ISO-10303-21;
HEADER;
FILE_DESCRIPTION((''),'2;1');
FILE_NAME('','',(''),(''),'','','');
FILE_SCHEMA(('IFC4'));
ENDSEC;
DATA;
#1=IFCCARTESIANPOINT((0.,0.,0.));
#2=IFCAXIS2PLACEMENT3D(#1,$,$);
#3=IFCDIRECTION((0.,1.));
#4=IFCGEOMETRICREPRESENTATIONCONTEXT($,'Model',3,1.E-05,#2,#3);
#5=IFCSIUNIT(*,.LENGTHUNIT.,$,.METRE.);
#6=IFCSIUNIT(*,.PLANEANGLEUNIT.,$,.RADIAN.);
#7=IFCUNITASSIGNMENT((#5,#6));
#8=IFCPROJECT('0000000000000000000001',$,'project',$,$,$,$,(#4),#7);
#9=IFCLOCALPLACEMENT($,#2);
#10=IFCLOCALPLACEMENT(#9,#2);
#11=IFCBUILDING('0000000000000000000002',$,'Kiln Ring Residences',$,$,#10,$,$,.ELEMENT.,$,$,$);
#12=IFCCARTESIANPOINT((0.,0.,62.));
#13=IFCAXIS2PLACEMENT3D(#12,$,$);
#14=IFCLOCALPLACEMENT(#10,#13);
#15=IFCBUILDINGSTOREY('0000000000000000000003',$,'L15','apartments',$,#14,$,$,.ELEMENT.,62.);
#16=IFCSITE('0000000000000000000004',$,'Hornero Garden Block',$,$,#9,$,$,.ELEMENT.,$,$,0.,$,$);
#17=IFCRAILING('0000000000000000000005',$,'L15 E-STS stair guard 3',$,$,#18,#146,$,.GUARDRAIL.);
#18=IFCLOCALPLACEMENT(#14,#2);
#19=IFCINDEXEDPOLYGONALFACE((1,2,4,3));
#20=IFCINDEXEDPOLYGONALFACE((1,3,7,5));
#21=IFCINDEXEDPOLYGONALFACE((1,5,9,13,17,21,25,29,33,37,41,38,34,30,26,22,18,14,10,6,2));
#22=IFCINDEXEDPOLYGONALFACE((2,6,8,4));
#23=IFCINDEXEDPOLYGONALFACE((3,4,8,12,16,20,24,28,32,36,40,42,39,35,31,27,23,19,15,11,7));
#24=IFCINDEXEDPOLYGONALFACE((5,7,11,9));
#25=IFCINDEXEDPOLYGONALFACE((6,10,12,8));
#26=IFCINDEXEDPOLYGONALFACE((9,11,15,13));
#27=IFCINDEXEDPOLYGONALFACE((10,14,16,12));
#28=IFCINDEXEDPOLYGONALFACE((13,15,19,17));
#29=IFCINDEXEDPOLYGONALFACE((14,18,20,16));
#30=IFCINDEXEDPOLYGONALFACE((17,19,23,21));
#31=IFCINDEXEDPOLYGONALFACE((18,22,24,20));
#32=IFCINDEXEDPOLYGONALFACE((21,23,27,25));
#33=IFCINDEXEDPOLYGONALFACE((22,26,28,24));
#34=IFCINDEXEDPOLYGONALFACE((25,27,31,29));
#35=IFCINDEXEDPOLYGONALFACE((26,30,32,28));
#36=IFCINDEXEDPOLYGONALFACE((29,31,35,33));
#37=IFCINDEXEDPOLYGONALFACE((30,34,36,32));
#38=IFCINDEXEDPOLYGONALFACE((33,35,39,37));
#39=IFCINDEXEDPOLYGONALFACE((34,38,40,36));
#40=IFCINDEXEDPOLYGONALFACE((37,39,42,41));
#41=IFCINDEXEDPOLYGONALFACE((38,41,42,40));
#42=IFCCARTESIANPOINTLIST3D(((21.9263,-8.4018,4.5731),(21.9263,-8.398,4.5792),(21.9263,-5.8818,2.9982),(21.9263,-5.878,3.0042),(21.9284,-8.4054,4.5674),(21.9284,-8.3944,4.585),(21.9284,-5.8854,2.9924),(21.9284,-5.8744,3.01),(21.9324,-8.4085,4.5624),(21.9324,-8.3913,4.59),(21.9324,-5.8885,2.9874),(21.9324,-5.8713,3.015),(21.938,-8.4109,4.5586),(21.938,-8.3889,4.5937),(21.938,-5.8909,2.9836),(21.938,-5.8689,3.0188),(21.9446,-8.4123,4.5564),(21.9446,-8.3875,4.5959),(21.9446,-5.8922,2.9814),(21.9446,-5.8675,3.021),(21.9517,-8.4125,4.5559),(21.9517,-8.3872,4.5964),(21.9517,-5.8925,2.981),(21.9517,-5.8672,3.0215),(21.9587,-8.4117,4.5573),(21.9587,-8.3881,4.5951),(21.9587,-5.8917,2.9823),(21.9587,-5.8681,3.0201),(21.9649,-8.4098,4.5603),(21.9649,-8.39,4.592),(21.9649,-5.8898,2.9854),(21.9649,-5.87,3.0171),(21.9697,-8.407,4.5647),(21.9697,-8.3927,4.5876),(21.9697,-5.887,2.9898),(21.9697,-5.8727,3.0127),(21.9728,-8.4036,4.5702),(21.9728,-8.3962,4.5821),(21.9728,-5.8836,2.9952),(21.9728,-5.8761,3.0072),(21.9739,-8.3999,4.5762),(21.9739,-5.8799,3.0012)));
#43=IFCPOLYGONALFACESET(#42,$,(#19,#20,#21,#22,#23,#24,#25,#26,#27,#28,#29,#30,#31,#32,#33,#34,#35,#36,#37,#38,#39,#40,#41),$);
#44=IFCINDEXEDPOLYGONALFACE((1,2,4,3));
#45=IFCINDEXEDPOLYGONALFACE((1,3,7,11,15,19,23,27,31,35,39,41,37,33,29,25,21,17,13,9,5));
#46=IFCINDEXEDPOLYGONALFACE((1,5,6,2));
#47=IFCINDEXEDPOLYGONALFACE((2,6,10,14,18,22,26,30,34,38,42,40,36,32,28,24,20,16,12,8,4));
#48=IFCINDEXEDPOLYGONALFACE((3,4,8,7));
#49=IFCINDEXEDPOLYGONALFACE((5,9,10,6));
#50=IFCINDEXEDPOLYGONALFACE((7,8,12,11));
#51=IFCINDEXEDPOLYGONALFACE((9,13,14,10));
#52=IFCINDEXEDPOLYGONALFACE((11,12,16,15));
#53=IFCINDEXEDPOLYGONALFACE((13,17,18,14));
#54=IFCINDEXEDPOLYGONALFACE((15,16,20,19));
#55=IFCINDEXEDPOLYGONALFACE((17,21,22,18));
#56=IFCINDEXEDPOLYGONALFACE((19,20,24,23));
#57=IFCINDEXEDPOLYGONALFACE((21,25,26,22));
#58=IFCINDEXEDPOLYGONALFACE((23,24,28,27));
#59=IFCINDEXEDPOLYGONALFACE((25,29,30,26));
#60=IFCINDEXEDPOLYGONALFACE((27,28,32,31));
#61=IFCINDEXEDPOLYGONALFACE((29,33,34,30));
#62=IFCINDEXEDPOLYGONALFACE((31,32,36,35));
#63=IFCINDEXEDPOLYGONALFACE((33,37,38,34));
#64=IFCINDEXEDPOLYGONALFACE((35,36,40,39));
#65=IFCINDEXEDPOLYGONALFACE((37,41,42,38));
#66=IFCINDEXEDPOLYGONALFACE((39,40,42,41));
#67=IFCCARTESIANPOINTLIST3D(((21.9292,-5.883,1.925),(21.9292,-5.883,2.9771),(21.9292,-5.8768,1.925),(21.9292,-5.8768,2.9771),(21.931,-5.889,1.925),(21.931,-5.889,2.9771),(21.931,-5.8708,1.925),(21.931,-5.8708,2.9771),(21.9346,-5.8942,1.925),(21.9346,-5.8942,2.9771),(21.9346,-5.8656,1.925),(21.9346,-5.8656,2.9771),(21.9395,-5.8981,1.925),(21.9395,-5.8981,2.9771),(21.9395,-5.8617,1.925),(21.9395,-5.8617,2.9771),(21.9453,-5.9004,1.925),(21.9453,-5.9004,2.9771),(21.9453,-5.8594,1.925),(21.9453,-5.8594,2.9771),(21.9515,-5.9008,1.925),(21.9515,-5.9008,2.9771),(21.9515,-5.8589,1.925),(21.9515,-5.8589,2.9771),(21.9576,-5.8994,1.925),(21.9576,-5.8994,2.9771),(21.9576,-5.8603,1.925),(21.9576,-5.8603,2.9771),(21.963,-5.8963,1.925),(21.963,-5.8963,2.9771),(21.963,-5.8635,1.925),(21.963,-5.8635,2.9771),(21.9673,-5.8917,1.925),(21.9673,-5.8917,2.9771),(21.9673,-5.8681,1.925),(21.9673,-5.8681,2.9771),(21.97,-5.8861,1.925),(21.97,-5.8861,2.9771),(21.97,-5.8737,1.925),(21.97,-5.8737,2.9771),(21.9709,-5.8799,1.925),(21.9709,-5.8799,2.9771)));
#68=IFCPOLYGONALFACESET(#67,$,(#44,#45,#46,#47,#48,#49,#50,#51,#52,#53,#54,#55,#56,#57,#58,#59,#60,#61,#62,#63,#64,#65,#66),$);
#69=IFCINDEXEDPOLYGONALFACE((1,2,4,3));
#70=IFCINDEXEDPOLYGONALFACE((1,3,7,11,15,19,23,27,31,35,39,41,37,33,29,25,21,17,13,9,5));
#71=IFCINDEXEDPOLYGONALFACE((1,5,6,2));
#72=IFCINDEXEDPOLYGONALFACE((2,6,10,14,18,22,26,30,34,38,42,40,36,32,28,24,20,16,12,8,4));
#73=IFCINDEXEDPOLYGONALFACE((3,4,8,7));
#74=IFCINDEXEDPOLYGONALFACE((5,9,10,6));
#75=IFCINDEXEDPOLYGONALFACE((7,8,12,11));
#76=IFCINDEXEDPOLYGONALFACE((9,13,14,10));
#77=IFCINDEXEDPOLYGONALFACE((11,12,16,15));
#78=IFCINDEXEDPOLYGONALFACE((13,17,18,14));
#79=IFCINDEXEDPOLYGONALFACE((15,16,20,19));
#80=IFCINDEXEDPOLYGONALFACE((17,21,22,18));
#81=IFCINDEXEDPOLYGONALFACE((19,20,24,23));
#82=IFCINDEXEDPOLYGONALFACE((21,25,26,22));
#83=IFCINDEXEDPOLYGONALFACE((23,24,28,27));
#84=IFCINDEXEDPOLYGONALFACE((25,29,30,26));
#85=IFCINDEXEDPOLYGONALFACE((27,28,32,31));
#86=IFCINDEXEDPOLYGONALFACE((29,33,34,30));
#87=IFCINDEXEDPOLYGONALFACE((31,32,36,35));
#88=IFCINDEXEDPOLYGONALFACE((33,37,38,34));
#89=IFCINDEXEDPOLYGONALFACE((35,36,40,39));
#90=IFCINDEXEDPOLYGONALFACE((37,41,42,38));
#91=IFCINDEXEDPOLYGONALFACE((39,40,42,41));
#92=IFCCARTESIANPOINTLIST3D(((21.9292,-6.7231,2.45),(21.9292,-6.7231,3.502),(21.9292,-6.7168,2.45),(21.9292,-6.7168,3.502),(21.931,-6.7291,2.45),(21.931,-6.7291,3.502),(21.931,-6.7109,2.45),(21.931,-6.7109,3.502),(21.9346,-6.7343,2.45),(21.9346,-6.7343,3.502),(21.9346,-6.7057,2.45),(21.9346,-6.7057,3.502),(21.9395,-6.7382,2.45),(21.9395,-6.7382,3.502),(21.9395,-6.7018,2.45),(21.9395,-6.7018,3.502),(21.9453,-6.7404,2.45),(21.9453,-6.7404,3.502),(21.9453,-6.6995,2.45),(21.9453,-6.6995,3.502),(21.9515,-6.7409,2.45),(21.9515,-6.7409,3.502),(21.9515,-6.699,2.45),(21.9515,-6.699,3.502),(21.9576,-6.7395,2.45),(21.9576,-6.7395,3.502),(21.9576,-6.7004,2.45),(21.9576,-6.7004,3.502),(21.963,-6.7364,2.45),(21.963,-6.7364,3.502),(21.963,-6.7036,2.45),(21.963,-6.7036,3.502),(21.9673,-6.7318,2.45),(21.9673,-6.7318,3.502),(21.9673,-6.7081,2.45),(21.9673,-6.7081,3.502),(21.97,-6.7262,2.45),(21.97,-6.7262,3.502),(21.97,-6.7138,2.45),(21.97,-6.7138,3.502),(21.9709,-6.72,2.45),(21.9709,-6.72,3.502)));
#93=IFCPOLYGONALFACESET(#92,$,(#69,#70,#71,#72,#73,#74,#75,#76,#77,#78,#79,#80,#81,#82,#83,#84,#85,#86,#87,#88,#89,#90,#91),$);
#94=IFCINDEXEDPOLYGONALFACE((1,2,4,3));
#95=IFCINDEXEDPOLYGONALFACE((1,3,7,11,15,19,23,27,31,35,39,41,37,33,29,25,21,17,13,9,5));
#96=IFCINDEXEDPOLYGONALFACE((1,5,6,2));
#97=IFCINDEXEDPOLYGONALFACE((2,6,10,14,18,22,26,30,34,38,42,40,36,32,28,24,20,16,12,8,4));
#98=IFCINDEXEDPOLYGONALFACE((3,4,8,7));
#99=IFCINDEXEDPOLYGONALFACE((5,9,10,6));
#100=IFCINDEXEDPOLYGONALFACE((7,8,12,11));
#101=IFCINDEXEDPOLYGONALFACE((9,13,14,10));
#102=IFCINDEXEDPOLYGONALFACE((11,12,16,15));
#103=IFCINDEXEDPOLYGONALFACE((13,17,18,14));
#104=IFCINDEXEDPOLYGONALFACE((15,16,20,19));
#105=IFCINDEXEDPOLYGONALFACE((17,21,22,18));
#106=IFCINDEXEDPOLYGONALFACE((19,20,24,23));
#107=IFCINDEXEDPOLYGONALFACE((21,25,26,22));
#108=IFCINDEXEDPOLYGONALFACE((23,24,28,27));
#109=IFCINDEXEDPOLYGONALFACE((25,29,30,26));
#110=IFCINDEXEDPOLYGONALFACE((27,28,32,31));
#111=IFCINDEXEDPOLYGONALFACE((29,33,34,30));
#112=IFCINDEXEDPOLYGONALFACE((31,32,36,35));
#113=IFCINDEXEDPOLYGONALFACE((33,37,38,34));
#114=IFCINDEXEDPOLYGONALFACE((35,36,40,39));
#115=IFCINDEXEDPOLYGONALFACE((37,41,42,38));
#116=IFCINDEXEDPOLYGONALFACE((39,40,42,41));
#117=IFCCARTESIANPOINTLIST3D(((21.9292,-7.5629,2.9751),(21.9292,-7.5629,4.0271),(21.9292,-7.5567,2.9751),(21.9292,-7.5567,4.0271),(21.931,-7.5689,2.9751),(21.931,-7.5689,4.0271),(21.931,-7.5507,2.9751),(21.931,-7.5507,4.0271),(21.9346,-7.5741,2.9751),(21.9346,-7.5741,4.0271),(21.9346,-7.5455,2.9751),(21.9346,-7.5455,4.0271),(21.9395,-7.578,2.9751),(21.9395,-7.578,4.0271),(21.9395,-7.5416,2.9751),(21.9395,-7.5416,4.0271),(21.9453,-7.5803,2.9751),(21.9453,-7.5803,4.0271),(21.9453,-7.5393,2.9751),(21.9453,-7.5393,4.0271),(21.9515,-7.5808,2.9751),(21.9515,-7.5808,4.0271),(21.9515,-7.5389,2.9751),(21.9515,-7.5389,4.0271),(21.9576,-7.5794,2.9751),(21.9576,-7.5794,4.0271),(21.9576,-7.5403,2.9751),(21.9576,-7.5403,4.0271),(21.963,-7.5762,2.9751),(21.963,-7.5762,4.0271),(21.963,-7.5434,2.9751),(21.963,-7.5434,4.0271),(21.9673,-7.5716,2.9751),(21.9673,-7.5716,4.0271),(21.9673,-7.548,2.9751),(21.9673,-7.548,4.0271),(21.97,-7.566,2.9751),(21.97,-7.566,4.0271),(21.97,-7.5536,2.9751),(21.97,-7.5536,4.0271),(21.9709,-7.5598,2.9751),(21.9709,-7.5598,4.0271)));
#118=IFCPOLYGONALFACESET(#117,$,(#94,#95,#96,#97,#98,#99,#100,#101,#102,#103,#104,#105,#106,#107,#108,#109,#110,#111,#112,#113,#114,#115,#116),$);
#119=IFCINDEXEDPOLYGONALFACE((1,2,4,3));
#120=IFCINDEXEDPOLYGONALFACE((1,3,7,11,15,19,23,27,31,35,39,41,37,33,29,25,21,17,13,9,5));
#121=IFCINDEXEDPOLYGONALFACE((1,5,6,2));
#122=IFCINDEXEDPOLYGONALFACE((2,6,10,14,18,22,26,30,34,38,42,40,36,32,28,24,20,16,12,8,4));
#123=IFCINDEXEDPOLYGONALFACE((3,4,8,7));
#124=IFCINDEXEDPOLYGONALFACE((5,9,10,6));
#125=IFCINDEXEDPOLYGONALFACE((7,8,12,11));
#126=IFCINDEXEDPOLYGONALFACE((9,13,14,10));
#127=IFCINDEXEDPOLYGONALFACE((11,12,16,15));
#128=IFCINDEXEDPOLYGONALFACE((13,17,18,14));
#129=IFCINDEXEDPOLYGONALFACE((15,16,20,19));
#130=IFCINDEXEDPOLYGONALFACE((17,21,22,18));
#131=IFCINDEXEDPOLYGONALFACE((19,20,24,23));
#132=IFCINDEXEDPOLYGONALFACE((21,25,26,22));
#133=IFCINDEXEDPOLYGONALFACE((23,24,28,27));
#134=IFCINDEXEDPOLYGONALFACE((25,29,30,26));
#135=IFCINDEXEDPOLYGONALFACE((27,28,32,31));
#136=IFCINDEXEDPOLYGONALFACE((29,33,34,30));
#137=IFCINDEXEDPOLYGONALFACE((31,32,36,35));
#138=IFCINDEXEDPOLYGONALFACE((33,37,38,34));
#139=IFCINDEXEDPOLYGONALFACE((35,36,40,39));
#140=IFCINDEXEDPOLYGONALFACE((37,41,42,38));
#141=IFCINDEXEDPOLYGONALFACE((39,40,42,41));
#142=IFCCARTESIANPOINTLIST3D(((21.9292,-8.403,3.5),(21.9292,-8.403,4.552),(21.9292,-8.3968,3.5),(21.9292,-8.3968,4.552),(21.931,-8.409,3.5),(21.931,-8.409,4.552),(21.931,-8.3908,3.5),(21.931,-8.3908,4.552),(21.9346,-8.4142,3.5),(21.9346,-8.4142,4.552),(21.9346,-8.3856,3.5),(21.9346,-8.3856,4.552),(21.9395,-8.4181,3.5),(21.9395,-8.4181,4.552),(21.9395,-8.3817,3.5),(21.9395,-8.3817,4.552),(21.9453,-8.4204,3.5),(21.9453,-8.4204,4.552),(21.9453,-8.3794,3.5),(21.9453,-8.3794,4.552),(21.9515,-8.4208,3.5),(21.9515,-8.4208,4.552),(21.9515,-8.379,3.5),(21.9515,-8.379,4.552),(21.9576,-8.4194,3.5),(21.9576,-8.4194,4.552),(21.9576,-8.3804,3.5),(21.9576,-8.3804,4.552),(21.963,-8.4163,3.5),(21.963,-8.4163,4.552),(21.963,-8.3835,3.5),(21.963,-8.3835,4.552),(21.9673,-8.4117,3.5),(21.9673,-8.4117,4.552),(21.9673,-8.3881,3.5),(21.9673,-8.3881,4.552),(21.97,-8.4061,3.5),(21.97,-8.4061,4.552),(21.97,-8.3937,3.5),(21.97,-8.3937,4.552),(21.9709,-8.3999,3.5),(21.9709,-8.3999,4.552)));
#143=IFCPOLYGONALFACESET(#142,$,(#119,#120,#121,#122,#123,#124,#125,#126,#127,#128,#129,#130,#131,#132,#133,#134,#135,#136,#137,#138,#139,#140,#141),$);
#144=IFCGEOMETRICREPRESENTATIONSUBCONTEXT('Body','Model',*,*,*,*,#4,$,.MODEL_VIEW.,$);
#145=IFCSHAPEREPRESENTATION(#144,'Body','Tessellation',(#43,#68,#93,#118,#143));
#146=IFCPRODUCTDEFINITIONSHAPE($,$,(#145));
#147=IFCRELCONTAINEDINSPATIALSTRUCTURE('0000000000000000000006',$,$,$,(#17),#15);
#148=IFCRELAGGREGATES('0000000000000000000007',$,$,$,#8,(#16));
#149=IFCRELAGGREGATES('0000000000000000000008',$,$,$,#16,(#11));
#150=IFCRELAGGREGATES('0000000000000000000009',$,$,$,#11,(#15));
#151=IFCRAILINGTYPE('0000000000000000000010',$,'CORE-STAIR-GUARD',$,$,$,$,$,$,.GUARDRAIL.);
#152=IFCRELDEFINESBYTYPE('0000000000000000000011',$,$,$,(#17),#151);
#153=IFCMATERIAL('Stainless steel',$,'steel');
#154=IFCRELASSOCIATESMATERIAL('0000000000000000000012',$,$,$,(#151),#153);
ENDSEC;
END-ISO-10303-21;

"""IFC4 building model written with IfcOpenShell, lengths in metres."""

from ifc_helpers import new_model, si_unit, direction, frame, origin, origin_2d, place, context, subcontext, project, spatial, circle, extrude, material, type_object, element, save


model = new_model("IFC4")

# Units and contexts
model_context = context("Model", 3, precision=1e-05, world=origin(), true_north=direction((0.0, 1.0)))
body_context = subcontext(model_context, "Body", "Model", "MODEL_VIEW")
ifc_project = project(units=[si_unit("LENGTHUNIT", "METRE"), si_unit("PLANEANGLEUNIT", "RADIAN")], contexts=[model_context])

# Site, building, storey
site_placement = place(None, origin())
site = spatial("IfcSite", under=ifc_project, at=site_placement, Name="Hornero Garden Block", CompositionType="ELEMENT", RefElevation=0.0)
building_placement = place(site_placement, origin())
building = spatial("IfcBuilding", under=site, at=building_placement, Name="Kiln Ring Residences", CompositionType="ELEMENT")
storey_placement = place(building_placement, frame((0.0, 0.0, 62.0)))
storey = spatial("IfcBuildingStorey", under=building, at=storey_placement, Name="L15", Description="apartments", CompositionType="ELEMENT", Elevation=62.0)

# Railing
ifc_material_1 = material(Name="Stainless steel", Category="steel")
railing_type_1 = type_object("IfcRailingType", Name="CORE-STAIR-GUARD", PredefinedType="GUARDRAIL", material=ifc_material_1)
railing_1_placement = place(storey_placement, frame((21.95, -5.8799, 1.925)))
element("IfcRailing", 1, at=railing_1_placement, inside=storey, type_object=railing_type_1, Name="L15 E-STS stair guard 3", PredefinedType="GUARDRAIL", context=body_context, shape_type="SweptSolid", body=[
    extrude(circle(Radius=0.0239, at=origin_2d()), frame((0.0, 0.0, 1.0762), z_axis=(0.0, -0.848008, 0.529984), x_axis=(1.0, 0.0, 0.0)), (0.0, 0.0, 1.0), 2.9717),
    extrude(circle(Radius=0.021, at=origin_2d()), origin(), (0.0, 0.0, 1.0), 1.052),
    extrude(circle(Radius=0.021, at=origin_2d()), frame((0.0, -0.8401, 0.5249)), (0.0, 0.0, 1.0), 1.052),
    extrude(circle(Radius=0.021, at=origin_2d()), frame((0.0, -1.6799, 1.05)), (0.0, 0.0, 1.0), 1.052),
    extrude(circle(Radius=0.021, at=origin_2d()), frame((0.0, -2.52, 1.575)), (0.0, 0.0, 1.0), 1.052),
])

save(model, "model.ifc")
